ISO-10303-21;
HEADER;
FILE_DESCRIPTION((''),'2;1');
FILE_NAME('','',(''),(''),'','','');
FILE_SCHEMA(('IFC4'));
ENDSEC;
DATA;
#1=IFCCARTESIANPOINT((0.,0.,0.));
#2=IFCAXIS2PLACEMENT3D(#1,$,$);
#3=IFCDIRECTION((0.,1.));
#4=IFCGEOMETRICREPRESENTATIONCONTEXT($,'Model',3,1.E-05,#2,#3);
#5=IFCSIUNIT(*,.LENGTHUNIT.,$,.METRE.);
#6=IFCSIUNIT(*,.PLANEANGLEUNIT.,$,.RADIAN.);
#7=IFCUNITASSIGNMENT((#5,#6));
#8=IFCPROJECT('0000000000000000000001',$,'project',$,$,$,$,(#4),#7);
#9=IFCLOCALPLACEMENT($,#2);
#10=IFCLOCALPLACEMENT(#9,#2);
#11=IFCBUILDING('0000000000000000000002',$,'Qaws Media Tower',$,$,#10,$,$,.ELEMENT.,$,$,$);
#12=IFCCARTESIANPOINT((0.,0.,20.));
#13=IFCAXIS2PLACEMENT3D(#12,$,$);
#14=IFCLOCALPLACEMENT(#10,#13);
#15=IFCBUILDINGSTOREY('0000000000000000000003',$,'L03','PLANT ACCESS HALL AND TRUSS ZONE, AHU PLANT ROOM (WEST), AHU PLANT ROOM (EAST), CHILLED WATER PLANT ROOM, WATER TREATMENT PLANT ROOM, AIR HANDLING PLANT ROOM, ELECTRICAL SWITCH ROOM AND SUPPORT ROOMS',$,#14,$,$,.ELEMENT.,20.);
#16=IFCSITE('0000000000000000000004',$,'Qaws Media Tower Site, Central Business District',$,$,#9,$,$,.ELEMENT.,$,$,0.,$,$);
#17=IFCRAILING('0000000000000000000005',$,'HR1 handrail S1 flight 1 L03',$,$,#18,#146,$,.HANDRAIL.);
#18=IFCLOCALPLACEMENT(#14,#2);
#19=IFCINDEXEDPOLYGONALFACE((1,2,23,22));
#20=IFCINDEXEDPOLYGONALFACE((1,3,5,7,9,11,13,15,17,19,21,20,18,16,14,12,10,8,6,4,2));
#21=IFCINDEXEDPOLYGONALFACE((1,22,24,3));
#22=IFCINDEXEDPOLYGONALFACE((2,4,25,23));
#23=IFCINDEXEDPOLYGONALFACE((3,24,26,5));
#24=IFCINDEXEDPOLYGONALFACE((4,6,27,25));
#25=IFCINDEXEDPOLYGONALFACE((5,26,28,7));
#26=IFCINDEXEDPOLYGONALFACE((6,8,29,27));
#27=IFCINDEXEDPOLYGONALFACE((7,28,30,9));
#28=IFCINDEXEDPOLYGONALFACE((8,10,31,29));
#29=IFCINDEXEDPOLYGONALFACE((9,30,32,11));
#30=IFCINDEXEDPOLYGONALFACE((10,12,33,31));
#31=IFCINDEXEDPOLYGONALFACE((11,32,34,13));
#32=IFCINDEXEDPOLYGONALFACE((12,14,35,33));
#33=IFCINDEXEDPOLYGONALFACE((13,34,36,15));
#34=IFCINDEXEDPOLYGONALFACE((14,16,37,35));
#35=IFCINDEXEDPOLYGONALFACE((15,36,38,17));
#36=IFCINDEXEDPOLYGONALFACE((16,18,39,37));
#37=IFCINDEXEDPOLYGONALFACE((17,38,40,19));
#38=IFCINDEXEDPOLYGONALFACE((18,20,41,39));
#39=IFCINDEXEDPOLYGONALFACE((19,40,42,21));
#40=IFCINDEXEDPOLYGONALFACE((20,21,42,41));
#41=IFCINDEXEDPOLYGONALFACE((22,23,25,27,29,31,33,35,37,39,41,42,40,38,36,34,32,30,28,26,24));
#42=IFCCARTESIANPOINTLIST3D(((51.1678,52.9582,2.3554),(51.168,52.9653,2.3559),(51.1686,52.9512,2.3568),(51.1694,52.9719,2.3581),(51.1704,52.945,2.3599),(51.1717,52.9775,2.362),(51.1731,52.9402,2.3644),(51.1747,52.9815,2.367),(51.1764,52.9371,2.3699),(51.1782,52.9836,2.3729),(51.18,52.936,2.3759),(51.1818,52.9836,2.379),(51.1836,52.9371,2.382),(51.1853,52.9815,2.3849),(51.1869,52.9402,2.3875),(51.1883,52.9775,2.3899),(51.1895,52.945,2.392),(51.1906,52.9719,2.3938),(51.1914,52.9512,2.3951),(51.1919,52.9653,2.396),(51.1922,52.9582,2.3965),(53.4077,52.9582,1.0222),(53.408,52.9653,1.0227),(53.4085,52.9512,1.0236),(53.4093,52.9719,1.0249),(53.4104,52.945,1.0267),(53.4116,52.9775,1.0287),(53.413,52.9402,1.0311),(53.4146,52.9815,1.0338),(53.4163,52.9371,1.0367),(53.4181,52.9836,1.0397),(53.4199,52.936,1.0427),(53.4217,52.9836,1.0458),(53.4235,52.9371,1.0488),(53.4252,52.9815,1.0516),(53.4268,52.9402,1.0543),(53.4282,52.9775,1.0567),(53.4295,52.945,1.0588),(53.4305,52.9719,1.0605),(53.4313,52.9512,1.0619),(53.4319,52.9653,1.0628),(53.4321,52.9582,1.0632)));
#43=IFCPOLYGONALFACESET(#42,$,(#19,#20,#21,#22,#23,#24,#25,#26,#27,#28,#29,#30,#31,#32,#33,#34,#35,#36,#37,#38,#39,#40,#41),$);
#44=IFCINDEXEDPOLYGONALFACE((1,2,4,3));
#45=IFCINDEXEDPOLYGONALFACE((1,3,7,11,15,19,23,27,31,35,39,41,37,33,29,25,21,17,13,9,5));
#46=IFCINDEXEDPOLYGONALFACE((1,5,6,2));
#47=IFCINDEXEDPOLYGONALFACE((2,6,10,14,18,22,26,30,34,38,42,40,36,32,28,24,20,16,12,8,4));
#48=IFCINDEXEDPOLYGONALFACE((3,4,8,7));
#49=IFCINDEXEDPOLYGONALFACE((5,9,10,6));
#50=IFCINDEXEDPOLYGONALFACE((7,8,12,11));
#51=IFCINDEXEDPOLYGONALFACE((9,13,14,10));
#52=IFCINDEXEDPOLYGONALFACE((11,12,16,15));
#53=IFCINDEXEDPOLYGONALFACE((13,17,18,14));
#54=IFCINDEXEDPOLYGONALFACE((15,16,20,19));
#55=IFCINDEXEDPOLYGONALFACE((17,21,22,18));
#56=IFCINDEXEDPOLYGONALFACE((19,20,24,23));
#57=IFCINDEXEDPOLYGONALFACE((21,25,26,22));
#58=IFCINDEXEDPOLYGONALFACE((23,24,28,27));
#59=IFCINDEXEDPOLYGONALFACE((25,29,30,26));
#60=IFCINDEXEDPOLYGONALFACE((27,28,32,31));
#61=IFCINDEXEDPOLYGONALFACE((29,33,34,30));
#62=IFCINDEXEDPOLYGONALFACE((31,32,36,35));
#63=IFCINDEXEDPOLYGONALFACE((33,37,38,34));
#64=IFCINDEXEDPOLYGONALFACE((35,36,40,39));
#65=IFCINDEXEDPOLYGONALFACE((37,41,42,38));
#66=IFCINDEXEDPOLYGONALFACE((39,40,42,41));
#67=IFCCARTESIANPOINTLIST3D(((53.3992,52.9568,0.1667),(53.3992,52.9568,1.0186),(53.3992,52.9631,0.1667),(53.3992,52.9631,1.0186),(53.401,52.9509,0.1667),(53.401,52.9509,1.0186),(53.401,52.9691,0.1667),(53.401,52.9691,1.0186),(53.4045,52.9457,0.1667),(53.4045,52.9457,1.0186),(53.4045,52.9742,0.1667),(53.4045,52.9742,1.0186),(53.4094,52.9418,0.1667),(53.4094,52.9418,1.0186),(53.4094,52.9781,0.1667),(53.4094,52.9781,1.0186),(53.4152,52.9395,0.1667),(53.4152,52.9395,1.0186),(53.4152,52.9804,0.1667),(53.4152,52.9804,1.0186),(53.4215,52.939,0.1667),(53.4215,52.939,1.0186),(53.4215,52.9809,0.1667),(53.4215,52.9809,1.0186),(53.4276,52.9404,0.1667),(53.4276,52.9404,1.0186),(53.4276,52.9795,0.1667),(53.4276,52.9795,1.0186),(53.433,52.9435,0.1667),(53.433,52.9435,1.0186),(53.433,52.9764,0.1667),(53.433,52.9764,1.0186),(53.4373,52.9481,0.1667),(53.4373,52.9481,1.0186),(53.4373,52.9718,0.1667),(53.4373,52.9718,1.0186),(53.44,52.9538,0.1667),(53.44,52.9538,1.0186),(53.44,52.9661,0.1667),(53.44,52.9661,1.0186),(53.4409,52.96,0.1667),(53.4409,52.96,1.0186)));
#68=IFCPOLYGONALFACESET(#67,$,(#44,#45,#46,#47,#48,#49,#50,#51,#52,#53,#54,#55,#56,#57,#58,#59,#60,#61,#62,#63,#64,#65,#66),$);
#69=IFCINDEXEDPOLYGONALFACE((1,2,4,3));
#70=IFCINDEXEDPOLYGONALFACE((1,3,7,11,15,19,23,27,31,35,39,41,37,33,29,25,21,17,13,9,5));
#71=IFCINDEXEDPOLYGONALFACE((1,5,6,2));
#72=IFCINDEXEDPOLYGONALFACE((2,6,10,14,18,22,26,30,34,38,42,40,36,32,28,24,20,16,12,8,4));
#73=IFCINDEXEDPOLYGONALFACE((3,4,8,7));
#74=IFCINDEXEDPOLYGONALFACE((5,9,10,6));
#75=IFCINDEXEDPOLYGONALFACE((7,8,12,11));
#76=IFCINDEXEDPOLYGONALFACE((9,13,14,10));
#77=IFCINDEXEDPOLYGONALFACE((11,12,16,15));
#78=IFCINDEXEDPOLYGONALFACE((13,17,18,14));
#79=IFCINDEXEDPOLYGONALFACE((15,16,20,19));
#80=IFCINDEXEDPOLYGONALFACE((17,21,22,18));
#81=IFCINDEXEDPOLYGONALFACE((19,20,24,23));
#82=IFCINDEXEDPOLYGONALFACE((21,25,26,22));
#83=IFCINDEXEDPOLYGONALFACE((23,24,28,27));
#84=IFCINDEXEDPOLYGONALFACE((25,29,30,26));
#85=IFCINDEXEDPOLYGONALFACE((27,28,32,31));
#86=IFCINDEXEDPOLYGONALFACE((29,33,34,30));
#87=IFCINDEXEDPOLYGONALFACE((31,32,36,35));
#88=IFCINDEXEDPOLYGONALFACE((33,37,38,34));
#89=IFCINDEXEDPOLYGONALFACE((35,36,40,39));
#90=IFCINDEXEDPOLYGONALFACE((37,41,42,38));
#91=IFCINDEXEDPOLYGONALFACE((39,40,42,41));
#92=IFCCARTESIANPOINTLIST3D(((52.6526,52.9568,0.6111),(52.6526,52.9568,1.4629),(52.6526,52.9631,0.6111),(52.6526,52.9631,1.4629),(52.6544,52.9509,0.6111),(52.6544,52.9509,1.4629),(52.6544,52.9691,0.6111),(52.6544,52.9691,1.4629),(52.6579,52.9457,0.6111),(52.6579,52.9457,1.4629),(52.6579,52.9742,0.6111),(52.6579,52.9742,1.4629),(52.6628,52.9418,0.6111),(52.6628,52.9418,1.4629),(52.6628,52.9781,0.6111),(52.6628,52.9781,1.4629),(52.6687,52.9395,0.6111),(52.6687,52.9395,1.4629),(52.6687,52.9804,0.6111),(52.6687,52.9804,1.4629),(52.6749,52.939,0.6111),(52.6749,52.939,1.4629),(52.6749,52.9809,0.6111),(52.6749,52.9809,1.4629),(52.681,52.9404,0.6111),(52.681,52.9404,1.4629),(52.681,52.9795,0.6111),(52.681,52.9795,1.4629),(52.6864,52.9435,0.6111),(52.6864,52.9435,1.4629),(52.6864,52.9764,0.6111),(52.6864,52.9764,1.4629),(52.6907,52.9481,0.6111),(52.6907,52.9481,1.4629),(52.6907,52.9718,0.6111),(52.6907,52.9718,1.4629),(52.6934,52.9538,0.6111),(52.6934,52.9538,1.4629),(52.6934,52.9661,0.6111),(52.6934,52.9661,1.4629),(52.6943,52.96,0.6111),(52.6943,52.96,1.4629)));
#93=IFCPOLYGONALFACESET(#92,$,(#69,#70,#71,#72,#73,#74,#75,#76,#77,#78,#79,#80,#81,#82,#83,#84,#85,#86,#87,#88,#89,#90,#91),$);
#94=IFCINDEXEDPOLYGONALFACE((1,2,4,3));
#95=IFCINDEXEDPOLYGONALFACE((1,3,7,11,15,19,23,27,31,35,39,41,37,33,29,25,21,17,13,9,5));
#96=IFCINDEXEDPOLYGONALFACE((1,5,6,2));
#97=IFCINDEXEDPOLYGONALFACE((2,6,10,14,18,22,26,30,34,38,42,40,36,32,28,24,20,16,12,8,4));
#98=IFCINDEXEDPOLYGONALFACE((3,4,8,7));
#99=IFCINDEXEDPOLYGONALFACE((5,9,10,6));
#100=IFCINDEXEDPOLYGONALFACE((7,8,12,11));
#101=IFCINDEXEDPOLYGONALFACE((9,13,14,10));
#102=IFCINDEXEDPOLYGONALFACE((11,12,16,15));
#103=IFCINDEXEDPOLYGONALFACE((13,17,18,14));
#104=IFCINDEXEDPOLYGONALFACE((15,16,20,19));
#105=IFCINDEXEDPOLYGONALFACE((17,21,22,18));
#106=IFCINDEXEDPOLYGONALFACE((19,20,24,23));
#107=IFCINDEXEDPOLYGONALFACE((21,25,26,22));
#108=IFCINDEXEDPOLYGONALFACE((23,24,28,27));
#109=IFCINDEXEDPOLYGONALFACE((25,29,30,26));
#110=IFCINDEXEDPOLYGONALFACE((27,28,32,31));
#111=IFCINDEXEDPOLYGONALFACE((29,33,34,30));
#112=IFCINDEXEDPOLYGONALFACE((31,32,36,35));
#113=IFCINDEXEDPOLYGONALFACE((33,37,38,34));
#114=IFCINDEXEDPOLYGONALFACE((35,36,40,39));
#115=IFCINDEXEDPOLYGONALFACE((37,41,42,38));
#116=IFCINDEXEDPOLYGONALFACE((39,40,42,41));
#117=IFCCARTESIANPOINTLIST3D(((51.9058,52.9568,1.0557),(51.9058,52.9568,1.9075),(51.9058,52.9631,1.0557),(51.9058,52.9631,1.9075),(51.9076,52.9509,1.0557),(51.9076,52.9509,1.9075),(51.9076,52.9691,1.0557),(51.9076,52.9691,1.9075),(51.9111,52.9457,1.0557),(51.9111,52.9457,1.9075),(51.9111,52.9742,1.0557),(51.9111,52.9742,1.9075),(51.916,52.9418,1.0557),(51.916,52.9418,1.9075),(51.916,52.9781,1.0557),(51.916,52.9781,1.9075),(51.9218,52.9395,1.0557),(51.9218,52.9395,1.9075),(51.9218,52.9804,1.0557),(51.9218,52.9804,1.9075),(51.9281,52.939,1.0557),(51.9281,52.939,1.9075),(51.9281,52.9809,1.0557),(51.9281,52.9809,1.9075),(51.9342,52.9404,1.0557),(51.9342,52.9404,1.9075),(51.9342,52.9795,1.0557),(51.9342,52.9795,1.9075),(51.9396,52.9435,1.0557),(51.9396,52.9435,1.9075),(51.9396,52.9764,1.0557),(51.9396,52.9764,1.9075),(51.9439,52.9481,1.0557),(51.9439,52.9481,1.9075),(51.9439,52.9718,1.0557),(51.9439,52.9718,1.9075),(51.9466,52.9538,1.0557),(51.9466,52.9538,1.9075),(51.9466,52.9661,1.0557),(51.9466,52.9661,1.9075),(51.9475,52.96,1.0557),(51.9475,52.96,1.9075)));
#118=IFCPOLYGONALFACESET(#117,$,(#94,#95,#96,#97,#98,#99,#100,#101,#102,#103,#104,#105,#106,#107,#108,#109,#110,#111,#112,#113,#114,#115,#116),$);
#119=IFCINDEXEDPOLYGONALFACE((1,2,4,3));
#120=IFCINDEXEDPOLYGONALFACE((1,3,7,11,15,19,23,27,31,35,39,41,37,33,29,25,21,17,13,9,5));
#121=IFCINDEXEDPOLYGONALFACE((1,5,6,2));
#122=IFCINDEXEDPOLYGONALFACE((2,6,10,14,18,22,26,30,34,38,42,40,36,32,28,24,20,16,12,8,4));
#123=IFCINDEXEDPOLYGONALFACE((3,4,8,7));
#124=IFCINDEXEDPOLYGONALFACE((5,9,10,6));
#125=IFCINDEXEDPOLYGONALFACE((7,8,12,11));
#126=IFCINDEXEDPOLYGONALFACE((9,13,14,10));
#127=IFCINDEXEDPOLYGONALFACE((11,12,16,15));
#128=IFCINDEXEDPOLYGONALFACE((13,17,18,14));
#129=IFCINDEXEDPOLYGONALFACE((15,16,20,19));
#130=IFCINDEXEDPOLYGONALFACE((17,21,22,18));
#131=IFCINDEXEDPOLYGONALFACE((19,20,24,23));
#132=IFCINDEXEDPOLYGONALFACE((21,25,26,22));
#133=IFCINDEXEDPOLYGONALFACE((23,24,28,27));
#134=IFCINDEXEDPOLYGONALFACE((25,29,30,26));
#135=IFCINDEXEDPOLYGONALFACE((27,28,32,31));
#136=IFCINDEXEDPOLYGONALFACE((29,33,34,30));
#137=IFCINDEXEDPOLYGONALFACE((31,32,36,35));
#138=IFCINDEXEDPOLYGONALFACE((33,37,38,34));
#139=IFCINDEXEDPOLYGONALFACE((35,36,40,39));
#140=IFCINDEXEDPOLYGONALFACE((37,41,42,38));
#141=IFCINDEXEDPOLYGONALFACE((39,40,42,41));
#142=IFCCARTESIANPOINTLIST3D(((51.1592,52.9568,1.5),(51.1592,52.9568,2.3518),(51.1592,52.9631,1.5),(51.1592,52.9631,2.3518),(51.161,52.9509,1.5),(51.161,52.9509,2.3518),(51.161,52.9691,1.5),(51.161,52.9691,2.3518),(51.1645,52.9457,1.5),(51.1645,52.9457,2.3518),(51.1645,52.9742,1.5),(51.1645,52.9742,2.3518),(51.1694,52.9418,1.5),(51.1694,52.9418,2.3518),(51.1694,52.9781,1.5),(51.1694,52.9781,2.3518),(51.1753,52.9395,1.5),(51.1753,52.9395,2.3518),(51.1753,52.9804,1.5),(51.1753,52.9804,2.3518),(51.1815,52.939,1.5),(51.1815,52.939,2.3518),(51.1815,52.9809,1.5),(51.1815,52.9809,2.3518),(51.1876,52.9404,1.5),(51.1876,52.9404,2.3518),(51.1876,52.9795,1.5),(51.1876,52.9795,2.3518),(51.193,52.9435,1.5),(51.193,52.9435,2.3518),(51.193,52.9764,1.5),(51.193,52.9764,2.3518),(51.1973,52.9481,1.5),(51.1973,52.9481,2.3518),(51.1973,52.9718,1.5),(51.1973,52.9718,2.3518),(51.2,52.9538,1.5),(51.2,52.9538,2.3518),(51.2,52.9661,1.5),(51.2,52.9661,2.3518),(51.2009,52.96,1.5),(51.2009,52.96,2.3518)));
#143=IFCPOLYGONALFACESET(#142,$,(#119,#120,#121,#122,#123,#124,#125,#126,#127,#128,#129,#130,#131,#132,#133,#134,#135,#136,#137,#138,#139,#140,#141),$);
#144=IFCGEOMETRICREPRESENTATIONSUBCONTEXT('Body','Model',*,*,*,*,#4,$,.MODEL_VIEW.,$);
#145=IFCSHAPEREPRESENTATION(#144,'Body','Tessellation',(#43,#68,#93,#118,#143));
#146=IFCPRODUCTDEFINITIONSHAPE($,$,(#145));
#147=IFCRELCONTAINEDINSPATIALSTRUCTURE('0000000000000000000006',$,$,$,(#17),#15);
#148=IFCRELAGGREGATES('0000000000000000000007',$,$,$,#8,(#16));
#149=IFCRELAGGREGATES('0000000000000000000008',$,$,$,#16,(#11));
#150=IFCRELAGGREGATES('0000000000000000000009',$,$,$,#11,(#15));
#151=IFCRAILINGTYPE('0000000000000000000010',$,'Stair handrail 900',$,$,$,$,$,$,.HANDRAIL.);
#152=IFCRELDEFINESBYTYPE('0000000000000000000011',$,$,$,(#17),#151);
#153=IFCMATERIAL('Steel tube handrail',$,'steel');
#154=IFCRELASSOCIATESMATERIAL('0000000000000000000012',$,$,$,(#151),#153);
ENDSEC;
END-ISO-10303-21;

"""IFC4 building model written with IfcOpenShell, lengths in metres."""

from ifc_helpers import new_model, si_unit, direction, frame, origin, origin_2d, place, context, subcontext, project, spatial, circle, extrude, material, type_object, element, save


model = new_model("IFC4")

# Units and contexts
model_context = context("Model", 3, precision=1e-05, world=origin(), true_north=direction((0.0, 1.0)))
body_context = subcontext(model_context, "Body", "Model", "MODEL_VIEW")
ifc_project = project(units=[si_unit("LENGTHUNIT", "METRE"), si_unit("PLANEANGLEUNIT", "RADIAN")], contexts=[model_context])

# Site, building, storey
site_placement = place(None, origin())
site = spatial("IfcSite", under=ifc_project, at=site_placement, Name="Qaws Media Tower Site, Central Business District", CompositionType="ELEMENT", RefElevation=0.0)
building_placement = place(site_placement, origin())
building = spatial("IfcBuilding", under=site, at=building_placement, Name="Qaws Media Tower", CompositionType="ELEMENT")
storey_placement = place(building_placement, frame((0.0, 0.0, 20.0)))
storey = spatial("IfcBuildingStorey", under=building, at=storey_placement, Name="L03", Description="PLANT ACCESS HALL AND TRUSS ZONE, AHU PLANT ROOM (WEST), AHU PLANT ROOM (EAST), CHILLED WATER PLANT ROOM, WATER TREATMENT PLANT ROOM, AIR HANDLING PLANT ROOM, ELECTRICAL SWITCH ROOM AND SUPPORT ROOMS", CompositionType="ELEMENT", Elevation=20.0)

# Railing
ifc_material_1 = material(Name="Steel tube handrail", Category="steel")
railing_type = type_object("IfcRailingType", Name="Stair handrail 900", PredefinedType="HANDRAIL", material=ifc_material_1)
for number, where, name in (
    (1, (53.4199, 52.96, 0.1667), "HR1 handrail S1 flight 1 L03"),
):
    element("IfcRailing", number, at=place(storey_placement, frame(where)), inside=storey, type_object=railing_type, Name=name, PredefinedType="HANDRAIL", context=body_context, shape_type="SweptSolid", body=[
        extrude(circle(Radius=0.0239, at=origin_2d()), frame((0.0, 0.0, 0.876), z_axis=(-0.859306, 0.0, 0.511462), x_axis=(0.0, -1.0, 0.0)), (0.0, 0.0, 1.0), 2.6067),
        extrude(circle(Radius=0.021, at=origin_2d()), origin(), (0.0, 0.0, 1.0), 0.8518),
        extrude(circle(Radius=0.021, at=origin_2d()), frame((-0.7466, 0.0, 0.4443)), (0.0, 0.0, 1.0), 0.8518),
        extrude(circle(Radius=0.021, at=origin_2d()), frame((-1.4934, 0.0, 0.8889)), (0.0, 0.0, 1.0), 0.8518),
        extrude(circle(Radius=0.021, at=origin_2d()), frame((-2.24, 0.0, 1.3333)), (0.0, 0.0, 1.0), 0.8518),
    ])

save(model, "model.ifc")
